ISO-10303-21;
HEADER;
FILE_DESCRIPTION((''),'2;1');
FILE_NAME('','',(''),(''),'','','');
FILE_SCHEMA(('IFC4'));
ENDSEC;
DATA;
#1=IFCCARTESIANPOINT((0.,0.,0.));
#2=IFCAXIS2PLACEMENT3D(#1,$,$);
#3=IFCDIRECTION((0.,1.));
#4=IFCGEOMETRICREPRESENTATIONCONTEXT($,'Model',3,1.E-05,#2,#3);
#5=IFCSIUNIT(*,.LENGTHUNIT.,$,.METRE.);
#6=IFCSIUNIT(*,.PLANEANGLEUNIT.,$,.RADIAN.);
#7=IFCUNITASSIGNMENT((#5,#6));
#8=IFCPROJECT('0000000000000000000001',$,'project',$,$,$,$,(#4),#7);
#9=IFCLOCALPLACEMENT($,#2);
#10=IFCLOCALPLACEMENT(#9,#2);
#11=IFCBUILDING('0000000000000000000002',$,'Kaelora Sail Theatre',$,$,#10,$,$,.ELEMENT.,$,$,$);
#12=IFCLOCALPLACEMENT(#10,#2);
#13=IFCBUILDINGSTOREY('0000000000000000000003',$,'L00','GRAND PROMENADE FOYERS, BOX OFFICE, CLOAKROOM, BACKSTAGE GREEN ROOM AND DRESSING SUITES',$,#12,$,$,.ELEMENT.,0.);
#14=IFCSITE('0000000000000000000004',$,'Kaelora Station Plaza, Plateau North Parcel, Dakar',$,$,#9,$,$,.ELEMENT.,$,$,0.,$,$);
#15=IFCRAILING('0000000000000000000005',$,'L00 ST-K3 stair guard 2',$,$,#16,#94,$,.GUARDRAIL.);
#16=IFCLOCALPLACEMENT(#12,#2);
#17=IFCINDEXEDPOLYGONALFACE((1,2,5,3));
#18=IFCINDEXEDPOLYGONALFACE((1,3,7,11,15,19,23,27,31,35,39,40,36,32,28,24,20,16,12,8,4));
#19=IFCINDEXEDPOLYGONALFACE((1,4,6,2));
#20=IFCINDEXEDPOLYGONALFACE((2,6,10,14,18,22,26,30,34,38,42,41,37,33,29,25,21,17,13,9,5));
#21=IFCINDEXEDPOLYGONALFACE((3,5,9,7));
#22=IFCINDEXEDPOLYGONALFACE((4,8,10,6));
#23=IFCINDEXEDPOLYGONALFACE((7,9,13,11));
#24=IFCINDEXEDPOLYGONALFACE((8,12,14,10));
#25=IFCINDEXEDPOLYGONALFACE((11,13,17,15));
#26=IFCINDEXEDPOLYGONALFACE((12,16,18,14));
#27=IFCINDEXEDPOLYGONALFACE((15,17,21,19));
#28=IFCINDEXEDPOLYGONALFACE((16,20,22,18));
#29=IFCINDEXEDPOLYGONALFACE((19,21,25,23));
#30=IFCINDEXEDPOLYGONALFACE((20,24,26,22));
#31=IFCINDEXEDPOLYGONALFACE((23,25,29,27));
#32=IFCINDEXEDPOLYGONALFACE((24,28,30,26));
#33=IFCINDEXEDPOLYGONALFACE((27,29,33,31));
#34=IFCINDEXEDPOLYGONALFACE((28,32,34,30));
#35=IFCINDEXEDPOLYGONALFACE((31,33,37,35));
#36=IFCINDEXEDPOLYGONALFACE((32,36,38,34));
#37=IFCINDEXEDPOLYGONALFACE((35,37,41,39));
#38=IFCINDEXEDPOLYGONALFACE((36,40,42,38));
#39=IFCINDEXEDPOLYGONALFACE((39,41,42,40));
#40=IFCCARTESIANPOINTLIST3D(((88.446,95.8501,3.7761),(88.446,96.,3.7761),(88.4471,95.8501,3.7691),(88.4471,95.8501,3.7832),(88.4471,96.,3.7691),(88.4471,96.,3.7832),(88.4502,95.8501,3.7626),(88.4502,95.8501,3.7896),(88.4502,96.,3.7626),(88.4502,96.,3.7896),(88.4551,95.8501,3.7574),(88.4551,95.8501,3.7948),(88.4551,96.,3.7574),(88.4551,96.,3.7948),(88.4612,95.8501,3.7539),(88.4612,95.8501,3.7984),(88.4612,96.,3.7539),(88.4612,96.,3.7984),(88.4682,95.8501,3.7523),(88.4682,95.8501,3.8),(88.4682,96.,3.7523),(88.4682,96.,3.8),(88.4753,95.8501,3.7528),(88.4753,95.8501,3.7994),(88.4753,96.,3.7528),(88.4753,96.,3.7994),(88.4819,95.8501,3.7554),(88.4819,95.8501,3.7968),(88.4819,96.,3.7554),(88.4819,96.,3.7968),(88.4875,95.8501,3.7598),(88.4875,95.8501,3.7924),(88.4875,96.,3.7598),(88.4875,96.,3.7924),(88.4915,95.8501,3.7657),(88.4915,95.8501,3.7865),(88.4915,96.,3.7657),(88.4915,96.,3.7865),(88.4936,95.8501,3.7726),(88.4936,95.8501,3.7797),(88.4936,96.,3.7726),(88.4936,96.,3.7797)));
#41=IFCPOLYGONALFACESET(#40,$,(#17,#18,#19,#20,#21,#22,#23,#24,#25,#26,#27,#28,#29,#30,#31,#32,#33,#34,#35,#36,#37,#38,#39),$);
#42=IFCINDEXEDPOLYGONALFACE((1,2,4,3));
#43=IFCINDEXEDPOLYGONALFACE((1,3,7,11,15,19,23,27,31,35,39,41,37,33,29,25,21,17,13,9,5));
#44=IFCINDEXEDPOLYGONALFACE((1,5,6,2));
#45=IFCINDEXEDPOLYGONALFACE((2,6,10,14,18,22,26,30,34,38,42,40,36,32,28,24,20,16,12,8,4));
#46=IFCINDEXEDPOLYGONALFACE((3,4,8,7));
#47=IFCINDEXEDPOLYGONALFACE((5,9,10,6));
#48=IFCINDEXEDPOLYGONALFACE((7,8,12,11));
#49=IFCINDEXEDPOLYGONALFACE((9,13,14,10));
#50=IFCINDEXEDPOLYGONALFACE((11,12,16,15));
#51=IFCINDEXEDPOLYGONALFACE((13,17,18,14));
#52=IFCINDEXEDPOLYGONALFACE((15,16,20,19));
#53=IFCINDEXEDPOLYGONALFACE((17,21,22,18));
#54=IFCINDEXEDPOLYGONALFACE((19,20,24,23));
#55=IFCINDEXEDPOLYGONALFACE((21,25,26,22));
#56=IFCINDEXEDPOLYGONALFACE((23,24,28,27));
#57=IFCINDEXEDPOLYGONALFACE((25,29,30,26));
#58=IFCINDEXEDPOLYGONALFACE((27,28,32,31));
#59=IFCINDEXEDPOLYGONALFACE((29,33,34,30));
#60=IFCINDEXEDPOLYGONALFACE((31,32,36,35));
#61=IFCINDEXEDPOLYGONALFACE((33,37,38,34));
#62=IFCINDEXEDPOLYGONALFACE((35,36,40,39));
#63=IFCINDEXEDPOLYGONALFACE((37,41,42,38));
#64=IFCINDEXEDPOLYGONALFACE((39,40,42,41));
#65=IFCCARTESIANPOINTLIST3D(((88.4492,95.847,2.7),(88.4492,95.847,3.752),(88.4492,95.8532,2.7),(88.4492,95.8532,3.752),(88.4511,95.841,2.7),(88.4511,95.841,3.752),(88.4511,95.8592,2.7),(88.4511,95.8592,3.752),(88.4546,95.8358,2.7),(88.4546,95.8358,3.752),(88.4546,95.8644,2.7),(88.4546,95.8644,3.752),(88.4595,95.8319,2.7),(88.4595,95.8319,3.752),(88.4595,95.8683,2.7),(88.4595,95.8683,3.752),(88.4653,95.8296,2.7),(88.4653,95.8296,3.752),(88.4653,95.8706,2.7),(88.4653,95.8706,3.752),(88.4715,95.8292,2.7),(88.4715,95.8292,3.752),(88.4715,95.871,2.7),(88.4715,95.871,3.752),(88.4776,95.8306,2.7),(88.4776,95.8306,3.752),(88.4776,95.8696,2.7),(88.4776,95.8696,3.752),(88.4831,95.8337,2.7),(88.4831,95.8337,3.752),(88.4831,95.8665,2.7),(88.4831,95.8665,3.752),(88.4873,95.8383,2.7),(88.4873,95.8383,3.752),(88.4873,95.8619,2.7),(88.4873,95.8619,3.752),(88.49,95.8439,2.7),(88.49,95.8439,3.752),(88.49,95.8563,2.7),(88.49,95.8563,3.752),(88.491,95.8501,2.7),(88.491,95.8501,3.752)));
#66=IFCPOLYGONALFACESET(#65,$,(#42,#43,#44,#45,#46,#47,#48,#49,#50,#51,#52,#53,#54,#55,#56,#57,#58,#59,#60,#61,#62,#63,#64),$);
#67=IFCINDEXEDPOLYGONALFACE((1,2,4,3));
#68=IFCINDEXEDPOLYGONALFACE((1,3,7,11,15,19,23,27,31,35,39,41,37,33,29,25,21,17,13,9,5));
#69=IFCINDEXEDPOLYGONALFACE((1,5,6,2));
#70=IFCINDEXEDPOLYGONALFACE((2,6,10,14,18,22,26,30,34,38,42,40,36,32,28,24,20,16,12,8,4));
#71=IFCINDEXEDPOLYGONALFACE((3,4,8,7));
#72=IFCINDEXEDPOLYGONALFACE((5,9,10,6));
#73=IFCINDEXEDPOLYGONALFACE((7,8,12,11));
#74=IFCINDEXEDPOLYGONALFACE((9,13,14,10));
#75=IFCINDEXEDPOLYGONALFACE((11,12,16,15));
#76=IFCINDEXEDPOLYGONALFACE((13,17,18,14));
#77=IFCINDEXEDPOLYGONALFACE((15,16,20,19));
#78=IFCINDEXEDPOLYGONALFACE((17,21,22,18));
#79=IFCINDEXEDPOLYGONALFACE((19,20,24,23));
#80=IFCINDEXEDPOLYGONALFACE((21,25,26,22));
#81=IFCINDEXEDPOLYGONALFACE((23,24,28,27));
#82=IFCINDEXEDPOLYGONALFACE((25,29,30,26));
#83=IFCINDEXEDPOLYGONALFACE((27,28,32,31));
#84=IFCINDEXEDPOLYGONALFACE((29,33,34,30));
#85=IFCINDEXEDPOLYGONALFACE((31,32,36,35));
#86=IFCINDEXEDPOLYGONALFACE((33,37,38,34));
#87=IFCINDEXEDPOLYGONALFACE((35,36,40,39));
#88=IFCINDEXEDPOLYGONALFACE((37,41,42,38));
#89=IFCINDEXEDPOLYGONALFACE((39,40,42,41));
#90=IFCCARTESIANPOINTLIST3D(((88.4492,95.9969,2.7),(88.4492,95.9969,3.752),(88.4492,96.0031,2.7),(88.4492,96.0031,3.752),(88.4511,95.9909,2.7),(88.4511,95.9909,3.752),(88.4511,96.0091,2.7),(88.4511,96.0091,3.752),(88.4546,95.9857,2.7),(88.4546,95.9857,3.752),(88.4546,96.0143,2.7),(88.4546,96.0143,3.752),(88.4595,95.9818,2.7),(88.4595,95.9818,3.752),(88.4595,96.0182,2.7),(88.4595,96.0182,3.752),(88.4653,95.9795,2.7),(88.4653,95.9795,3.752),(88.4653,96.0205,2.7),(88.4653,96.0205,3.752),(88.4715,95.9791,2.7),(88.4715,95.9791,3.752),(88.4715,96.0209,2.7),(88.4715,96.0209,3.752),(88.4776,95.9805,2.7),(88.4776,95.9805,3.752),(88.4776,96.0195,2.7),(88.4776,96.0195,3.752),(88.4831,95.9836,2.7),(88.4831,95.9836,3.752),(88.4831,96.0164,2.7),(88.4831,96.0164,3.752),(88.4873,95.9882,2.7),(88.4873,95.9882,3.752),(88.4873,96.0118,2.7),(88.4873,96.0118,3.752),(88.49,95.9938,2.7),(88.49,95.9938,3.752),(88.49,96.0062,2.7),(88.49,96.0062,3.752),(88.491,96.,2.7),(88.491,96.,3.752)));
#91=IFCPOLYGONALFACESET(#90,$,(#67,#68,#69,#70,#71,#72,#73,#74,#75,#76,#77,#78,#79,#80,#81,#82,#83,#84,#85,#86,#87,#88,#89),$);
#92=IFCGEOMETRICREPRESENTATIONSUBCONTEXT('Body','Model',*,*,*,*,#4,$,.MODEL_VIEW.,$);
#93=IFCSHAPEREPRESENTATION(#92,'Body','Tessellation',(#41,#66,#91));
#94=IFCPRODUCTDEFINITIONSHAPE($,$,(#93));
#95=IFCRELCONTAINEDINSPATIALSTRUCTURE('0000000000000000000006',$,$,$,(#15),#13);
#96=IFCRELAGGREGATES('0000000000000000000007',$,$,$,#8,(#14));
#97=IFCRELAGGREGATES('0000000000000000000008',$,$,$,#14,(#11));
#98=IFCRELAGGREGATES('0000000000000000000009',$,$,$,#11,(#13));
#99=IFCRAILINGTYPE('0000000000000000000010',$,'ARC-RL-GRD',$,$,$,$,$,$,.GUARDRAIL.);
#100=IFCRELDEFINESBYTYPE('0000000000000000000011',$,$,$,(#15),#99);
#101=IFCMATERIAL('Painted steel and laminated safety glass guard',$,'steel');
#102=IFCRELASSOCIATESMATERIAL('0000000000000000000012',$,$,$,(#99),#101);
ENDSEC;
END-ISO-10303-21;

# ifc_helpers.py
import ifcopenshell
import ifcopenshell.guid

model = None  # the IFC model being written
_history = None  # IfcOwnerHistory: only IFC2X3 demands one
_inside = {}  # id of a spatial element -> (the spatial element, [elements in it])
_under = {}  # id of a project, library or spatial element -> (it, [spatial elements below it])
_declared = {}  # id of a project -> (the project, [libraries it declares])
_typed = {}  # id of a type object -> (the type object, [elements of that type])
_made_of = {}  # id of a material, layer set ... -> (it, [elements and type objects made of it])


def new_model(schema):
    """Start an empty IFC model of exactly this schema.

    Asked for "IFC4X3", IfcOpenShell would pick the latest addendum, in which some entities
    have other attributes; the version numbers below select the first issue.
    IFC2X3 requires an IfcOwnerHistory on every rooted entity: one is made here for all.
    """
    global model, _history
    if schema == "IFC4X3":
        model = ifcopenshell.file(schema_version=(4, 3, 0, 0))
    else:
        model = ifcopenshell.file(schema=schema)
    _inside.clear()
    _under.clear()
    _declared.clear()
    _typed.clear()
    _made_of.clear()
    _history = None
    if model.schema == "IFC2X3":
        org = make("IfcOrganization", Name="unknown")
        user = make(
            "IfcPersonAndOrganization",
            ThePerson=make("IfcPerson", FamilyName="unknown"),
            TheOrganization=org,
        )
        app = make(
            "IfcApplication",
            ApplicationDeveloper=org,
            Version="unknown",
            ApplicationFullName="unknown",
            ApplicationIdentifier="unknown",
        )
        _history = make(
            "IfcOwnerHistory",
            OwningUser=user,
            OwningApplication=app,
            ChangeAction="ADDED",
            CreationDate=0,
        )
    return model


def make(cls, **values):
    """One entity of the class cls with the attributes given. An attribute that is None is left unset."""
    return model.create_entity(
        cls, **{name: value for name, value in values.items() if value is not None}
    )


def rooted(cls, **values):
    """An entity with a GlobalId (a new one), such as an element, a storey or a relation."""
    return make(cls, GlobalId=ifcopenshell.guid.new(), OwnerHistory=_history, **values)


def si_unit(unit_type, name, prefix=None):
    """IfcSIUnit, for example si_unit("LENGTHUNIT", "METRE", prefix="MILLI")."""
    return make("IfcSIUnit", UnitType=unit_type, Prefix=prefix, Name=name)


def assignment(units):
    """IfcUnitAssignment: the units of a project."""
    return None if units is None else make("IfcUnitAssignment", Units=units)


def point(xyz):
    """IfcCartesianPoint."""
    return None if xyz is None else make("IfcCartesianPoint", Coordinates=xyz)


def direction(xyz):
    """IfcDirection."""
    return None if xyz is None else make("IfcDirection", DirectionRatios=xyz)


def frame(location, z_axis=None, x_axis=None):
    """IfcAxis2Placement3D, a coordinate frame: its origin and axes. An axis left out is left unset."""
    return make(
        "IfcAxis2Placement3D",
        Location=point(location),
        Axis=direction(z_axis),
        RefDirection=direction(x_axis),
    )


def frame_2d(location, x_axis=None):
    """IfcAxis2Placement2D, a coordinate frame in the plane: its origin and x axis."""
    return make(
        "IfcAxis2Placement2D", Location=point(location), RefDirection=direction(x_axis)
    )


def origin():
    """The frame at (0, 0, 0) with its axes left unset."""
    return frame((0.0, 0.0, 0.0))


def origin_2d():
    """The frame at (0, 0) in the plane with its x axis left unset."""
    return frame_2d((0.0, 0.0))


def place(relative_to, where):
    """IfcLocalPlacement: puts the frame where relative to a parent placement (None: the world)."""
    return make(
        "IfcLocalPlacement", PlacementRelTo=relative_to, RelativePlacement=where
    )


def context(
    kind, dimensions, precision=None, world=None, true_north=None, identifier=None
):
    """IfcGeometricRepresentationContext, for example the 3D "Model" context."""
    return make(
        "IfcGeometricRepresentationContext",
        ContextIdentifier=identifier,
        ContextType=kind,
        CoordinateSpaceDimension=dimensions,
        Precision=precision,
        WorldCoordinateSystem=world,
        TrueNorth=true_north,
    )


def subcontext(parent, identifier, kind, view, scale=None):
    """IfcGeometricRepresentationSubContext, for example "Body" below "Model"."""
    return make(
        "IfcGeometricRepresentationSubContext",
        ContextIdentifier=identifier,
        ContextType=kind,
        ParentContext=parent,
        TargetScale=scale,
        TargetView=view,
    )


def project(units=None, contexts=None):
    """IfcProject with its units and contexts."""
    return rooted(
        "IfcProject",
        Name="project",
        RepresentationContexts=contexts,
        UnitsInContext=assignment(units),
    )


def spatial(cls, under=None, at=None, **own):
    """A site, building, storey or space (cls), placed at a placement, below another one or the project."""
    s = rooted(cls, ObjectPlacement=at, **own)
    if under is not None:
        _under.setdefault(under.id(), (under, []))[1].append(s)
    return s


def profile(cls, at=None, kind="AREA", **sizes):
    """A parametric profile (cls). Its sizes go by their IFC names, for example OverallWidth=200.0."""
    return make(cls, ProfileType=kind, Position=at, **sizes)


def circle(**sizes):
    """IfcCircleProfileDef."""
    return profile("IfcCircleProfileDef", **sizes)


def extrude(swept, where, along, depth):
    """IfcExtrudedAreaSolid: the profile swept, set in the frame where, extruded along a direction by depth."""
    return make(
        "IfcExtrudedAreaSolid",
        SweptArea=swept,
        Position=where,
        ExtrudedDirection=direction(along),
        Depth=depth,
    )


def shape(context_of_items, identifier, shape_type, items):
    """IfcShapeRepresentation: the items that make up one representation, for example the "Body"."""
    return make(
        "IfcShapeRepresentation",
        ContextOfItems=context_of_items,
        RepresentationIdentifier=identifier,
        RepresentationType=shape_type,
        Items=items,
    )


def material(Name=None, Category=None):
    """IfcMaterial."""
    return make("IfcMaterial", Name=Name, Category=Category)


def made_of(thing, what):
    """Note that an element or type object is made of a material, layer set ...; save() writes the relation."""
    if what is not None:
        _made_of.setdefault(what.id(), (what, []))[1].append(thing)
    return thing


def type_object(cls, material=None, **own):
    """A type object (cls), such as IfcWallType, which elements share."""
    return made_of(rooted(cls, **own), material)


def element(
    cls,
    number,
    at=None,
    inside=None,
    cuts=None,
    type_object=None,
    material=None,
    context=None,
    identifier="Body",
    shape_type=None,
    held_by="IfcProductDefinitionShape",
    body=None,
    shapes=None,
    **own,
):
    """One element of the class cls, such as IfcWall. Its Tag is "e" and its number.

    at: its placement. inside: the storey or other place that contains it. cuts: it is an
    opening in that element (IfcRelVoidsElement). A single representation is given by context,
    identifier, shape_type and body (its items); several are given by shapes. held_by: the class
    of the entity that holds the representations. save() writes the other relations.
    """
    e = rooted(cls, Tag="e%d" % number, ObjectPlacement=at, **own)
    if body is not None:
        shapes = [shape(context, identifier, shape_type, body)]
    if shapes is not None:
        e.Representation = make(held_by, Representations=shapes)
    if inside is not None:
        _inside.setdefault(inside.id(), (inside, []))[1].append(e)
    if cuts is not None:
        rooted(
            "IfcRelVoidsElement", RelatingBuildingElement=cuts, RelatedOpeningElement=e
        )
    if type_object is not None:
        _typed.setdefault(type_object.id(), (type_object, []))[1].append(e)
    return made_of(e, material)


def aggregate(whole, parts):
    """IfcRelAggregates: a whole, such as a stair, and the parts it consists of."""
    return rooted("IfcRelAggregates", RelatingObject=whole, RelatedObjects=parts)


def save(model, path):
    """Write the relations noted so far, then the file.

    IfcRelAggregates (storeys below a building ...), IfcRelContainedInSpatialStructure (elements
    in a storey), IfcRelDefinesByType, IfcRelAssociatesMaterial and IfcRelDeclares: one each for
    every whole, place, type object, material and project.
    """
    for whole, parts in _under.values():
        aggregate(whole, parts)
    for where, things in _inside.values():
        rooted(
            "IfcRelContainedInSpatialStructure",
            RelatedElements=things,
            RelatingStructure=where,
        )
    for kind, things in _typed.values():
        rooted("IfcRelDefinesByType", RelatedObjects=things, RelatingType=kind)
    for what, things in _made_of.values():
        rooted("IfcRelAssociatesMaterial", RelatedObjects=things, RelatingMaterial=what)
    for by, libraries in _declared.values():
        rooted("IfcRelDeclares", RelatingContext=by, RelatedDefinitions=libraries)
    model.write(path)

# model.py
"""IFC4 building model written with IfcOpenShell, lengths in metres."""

from ifc_helpers import new_model, si_unit, direction, frame, origin, origin_2d, place, context, subcontext, project, spatial, circle, extrude, material, type_object, element, save


model = new_model("IFC4")

# Units and contexts
model_context = context("Model", 3, precision=1e-05, world=origin(), true_north=direction((0.0, 1.0)))
body_context = subcontext(model_context, "Body", "Model", "MODEL_VIEW")
ifc_project = project(units=[si_unit("LENGTHUNIT", "METRE"), si_unit("PLANEANGLEUNIT", "RADIAN")], contexts=[model_context])

# Site, building, storey
site_placement = place(None, origin())
site = spatial("IfcSite", under=ifc_project, at=site_placement, Name="Kaelora Station Plaza, Plateau North Parcel, Dakar", CompositionType="ELEMENT", RefElevation=0.0)
building_placement = place(site_placement, origin())
building = spatial("IfcBuilding", under=site, at=building_placement, Name="Kaelora Sail Theatre", CompositionType="ELEMENT")
storey_placement = place(building_placement, origin())
storey = spatial("IfcBuildingStorey", under=building, at=storey_placement, Name="L00", Description="GRAND PROMENADE FOYERS, BOX OFFICE, CLOAKROOM, BACKSTAGE GREEN ROOM AND DRESSING SUITES", CompositionType="ELEMENT", Elevation=0.0)

# Railing
ifc_material_1 = material(Name="Painted steel and laminated safety glass guard", Category="steel")
railing_type_1 = type_object("IfcRailingType", Name="ARC-RL-GRD", PredefinedType="GUARDRAIL", material=ifc_material_1)
railing_1_placement = place(storey_placement, frame((88.47, 95.8501, 2.7)))
element("IfcRailing", 1, at=railing_1_placement, inside=storey, type_object=railing_type_1, Name="L00 ST-K3 stair guard 2", PredefinedType="GUARDRAIL", context=body_context, shape_type="SweptSolid", body=[
    extrude(circle(Radius=0.0239, at=origin_2d()), frame((0.0, 0.0, 1.0762), z_axis=(0.0, 1.0, 0.0), x_axis=(-1.0, 0.0, 0.0)), (0.0, 0.0, 1.0), 0.1499),
    extrude(circle(Radius=0.021, at=origin_2d()), origin(), (0.0, 0.0, 1.0), 1.052),
    extrude(circle(Radius=0.021, at=origin_2d()), frame((0.0, 0.1499, 0.0)), (0.0, 0.0, 1.0), 1.052),
])

save(model, "model.ifc")
